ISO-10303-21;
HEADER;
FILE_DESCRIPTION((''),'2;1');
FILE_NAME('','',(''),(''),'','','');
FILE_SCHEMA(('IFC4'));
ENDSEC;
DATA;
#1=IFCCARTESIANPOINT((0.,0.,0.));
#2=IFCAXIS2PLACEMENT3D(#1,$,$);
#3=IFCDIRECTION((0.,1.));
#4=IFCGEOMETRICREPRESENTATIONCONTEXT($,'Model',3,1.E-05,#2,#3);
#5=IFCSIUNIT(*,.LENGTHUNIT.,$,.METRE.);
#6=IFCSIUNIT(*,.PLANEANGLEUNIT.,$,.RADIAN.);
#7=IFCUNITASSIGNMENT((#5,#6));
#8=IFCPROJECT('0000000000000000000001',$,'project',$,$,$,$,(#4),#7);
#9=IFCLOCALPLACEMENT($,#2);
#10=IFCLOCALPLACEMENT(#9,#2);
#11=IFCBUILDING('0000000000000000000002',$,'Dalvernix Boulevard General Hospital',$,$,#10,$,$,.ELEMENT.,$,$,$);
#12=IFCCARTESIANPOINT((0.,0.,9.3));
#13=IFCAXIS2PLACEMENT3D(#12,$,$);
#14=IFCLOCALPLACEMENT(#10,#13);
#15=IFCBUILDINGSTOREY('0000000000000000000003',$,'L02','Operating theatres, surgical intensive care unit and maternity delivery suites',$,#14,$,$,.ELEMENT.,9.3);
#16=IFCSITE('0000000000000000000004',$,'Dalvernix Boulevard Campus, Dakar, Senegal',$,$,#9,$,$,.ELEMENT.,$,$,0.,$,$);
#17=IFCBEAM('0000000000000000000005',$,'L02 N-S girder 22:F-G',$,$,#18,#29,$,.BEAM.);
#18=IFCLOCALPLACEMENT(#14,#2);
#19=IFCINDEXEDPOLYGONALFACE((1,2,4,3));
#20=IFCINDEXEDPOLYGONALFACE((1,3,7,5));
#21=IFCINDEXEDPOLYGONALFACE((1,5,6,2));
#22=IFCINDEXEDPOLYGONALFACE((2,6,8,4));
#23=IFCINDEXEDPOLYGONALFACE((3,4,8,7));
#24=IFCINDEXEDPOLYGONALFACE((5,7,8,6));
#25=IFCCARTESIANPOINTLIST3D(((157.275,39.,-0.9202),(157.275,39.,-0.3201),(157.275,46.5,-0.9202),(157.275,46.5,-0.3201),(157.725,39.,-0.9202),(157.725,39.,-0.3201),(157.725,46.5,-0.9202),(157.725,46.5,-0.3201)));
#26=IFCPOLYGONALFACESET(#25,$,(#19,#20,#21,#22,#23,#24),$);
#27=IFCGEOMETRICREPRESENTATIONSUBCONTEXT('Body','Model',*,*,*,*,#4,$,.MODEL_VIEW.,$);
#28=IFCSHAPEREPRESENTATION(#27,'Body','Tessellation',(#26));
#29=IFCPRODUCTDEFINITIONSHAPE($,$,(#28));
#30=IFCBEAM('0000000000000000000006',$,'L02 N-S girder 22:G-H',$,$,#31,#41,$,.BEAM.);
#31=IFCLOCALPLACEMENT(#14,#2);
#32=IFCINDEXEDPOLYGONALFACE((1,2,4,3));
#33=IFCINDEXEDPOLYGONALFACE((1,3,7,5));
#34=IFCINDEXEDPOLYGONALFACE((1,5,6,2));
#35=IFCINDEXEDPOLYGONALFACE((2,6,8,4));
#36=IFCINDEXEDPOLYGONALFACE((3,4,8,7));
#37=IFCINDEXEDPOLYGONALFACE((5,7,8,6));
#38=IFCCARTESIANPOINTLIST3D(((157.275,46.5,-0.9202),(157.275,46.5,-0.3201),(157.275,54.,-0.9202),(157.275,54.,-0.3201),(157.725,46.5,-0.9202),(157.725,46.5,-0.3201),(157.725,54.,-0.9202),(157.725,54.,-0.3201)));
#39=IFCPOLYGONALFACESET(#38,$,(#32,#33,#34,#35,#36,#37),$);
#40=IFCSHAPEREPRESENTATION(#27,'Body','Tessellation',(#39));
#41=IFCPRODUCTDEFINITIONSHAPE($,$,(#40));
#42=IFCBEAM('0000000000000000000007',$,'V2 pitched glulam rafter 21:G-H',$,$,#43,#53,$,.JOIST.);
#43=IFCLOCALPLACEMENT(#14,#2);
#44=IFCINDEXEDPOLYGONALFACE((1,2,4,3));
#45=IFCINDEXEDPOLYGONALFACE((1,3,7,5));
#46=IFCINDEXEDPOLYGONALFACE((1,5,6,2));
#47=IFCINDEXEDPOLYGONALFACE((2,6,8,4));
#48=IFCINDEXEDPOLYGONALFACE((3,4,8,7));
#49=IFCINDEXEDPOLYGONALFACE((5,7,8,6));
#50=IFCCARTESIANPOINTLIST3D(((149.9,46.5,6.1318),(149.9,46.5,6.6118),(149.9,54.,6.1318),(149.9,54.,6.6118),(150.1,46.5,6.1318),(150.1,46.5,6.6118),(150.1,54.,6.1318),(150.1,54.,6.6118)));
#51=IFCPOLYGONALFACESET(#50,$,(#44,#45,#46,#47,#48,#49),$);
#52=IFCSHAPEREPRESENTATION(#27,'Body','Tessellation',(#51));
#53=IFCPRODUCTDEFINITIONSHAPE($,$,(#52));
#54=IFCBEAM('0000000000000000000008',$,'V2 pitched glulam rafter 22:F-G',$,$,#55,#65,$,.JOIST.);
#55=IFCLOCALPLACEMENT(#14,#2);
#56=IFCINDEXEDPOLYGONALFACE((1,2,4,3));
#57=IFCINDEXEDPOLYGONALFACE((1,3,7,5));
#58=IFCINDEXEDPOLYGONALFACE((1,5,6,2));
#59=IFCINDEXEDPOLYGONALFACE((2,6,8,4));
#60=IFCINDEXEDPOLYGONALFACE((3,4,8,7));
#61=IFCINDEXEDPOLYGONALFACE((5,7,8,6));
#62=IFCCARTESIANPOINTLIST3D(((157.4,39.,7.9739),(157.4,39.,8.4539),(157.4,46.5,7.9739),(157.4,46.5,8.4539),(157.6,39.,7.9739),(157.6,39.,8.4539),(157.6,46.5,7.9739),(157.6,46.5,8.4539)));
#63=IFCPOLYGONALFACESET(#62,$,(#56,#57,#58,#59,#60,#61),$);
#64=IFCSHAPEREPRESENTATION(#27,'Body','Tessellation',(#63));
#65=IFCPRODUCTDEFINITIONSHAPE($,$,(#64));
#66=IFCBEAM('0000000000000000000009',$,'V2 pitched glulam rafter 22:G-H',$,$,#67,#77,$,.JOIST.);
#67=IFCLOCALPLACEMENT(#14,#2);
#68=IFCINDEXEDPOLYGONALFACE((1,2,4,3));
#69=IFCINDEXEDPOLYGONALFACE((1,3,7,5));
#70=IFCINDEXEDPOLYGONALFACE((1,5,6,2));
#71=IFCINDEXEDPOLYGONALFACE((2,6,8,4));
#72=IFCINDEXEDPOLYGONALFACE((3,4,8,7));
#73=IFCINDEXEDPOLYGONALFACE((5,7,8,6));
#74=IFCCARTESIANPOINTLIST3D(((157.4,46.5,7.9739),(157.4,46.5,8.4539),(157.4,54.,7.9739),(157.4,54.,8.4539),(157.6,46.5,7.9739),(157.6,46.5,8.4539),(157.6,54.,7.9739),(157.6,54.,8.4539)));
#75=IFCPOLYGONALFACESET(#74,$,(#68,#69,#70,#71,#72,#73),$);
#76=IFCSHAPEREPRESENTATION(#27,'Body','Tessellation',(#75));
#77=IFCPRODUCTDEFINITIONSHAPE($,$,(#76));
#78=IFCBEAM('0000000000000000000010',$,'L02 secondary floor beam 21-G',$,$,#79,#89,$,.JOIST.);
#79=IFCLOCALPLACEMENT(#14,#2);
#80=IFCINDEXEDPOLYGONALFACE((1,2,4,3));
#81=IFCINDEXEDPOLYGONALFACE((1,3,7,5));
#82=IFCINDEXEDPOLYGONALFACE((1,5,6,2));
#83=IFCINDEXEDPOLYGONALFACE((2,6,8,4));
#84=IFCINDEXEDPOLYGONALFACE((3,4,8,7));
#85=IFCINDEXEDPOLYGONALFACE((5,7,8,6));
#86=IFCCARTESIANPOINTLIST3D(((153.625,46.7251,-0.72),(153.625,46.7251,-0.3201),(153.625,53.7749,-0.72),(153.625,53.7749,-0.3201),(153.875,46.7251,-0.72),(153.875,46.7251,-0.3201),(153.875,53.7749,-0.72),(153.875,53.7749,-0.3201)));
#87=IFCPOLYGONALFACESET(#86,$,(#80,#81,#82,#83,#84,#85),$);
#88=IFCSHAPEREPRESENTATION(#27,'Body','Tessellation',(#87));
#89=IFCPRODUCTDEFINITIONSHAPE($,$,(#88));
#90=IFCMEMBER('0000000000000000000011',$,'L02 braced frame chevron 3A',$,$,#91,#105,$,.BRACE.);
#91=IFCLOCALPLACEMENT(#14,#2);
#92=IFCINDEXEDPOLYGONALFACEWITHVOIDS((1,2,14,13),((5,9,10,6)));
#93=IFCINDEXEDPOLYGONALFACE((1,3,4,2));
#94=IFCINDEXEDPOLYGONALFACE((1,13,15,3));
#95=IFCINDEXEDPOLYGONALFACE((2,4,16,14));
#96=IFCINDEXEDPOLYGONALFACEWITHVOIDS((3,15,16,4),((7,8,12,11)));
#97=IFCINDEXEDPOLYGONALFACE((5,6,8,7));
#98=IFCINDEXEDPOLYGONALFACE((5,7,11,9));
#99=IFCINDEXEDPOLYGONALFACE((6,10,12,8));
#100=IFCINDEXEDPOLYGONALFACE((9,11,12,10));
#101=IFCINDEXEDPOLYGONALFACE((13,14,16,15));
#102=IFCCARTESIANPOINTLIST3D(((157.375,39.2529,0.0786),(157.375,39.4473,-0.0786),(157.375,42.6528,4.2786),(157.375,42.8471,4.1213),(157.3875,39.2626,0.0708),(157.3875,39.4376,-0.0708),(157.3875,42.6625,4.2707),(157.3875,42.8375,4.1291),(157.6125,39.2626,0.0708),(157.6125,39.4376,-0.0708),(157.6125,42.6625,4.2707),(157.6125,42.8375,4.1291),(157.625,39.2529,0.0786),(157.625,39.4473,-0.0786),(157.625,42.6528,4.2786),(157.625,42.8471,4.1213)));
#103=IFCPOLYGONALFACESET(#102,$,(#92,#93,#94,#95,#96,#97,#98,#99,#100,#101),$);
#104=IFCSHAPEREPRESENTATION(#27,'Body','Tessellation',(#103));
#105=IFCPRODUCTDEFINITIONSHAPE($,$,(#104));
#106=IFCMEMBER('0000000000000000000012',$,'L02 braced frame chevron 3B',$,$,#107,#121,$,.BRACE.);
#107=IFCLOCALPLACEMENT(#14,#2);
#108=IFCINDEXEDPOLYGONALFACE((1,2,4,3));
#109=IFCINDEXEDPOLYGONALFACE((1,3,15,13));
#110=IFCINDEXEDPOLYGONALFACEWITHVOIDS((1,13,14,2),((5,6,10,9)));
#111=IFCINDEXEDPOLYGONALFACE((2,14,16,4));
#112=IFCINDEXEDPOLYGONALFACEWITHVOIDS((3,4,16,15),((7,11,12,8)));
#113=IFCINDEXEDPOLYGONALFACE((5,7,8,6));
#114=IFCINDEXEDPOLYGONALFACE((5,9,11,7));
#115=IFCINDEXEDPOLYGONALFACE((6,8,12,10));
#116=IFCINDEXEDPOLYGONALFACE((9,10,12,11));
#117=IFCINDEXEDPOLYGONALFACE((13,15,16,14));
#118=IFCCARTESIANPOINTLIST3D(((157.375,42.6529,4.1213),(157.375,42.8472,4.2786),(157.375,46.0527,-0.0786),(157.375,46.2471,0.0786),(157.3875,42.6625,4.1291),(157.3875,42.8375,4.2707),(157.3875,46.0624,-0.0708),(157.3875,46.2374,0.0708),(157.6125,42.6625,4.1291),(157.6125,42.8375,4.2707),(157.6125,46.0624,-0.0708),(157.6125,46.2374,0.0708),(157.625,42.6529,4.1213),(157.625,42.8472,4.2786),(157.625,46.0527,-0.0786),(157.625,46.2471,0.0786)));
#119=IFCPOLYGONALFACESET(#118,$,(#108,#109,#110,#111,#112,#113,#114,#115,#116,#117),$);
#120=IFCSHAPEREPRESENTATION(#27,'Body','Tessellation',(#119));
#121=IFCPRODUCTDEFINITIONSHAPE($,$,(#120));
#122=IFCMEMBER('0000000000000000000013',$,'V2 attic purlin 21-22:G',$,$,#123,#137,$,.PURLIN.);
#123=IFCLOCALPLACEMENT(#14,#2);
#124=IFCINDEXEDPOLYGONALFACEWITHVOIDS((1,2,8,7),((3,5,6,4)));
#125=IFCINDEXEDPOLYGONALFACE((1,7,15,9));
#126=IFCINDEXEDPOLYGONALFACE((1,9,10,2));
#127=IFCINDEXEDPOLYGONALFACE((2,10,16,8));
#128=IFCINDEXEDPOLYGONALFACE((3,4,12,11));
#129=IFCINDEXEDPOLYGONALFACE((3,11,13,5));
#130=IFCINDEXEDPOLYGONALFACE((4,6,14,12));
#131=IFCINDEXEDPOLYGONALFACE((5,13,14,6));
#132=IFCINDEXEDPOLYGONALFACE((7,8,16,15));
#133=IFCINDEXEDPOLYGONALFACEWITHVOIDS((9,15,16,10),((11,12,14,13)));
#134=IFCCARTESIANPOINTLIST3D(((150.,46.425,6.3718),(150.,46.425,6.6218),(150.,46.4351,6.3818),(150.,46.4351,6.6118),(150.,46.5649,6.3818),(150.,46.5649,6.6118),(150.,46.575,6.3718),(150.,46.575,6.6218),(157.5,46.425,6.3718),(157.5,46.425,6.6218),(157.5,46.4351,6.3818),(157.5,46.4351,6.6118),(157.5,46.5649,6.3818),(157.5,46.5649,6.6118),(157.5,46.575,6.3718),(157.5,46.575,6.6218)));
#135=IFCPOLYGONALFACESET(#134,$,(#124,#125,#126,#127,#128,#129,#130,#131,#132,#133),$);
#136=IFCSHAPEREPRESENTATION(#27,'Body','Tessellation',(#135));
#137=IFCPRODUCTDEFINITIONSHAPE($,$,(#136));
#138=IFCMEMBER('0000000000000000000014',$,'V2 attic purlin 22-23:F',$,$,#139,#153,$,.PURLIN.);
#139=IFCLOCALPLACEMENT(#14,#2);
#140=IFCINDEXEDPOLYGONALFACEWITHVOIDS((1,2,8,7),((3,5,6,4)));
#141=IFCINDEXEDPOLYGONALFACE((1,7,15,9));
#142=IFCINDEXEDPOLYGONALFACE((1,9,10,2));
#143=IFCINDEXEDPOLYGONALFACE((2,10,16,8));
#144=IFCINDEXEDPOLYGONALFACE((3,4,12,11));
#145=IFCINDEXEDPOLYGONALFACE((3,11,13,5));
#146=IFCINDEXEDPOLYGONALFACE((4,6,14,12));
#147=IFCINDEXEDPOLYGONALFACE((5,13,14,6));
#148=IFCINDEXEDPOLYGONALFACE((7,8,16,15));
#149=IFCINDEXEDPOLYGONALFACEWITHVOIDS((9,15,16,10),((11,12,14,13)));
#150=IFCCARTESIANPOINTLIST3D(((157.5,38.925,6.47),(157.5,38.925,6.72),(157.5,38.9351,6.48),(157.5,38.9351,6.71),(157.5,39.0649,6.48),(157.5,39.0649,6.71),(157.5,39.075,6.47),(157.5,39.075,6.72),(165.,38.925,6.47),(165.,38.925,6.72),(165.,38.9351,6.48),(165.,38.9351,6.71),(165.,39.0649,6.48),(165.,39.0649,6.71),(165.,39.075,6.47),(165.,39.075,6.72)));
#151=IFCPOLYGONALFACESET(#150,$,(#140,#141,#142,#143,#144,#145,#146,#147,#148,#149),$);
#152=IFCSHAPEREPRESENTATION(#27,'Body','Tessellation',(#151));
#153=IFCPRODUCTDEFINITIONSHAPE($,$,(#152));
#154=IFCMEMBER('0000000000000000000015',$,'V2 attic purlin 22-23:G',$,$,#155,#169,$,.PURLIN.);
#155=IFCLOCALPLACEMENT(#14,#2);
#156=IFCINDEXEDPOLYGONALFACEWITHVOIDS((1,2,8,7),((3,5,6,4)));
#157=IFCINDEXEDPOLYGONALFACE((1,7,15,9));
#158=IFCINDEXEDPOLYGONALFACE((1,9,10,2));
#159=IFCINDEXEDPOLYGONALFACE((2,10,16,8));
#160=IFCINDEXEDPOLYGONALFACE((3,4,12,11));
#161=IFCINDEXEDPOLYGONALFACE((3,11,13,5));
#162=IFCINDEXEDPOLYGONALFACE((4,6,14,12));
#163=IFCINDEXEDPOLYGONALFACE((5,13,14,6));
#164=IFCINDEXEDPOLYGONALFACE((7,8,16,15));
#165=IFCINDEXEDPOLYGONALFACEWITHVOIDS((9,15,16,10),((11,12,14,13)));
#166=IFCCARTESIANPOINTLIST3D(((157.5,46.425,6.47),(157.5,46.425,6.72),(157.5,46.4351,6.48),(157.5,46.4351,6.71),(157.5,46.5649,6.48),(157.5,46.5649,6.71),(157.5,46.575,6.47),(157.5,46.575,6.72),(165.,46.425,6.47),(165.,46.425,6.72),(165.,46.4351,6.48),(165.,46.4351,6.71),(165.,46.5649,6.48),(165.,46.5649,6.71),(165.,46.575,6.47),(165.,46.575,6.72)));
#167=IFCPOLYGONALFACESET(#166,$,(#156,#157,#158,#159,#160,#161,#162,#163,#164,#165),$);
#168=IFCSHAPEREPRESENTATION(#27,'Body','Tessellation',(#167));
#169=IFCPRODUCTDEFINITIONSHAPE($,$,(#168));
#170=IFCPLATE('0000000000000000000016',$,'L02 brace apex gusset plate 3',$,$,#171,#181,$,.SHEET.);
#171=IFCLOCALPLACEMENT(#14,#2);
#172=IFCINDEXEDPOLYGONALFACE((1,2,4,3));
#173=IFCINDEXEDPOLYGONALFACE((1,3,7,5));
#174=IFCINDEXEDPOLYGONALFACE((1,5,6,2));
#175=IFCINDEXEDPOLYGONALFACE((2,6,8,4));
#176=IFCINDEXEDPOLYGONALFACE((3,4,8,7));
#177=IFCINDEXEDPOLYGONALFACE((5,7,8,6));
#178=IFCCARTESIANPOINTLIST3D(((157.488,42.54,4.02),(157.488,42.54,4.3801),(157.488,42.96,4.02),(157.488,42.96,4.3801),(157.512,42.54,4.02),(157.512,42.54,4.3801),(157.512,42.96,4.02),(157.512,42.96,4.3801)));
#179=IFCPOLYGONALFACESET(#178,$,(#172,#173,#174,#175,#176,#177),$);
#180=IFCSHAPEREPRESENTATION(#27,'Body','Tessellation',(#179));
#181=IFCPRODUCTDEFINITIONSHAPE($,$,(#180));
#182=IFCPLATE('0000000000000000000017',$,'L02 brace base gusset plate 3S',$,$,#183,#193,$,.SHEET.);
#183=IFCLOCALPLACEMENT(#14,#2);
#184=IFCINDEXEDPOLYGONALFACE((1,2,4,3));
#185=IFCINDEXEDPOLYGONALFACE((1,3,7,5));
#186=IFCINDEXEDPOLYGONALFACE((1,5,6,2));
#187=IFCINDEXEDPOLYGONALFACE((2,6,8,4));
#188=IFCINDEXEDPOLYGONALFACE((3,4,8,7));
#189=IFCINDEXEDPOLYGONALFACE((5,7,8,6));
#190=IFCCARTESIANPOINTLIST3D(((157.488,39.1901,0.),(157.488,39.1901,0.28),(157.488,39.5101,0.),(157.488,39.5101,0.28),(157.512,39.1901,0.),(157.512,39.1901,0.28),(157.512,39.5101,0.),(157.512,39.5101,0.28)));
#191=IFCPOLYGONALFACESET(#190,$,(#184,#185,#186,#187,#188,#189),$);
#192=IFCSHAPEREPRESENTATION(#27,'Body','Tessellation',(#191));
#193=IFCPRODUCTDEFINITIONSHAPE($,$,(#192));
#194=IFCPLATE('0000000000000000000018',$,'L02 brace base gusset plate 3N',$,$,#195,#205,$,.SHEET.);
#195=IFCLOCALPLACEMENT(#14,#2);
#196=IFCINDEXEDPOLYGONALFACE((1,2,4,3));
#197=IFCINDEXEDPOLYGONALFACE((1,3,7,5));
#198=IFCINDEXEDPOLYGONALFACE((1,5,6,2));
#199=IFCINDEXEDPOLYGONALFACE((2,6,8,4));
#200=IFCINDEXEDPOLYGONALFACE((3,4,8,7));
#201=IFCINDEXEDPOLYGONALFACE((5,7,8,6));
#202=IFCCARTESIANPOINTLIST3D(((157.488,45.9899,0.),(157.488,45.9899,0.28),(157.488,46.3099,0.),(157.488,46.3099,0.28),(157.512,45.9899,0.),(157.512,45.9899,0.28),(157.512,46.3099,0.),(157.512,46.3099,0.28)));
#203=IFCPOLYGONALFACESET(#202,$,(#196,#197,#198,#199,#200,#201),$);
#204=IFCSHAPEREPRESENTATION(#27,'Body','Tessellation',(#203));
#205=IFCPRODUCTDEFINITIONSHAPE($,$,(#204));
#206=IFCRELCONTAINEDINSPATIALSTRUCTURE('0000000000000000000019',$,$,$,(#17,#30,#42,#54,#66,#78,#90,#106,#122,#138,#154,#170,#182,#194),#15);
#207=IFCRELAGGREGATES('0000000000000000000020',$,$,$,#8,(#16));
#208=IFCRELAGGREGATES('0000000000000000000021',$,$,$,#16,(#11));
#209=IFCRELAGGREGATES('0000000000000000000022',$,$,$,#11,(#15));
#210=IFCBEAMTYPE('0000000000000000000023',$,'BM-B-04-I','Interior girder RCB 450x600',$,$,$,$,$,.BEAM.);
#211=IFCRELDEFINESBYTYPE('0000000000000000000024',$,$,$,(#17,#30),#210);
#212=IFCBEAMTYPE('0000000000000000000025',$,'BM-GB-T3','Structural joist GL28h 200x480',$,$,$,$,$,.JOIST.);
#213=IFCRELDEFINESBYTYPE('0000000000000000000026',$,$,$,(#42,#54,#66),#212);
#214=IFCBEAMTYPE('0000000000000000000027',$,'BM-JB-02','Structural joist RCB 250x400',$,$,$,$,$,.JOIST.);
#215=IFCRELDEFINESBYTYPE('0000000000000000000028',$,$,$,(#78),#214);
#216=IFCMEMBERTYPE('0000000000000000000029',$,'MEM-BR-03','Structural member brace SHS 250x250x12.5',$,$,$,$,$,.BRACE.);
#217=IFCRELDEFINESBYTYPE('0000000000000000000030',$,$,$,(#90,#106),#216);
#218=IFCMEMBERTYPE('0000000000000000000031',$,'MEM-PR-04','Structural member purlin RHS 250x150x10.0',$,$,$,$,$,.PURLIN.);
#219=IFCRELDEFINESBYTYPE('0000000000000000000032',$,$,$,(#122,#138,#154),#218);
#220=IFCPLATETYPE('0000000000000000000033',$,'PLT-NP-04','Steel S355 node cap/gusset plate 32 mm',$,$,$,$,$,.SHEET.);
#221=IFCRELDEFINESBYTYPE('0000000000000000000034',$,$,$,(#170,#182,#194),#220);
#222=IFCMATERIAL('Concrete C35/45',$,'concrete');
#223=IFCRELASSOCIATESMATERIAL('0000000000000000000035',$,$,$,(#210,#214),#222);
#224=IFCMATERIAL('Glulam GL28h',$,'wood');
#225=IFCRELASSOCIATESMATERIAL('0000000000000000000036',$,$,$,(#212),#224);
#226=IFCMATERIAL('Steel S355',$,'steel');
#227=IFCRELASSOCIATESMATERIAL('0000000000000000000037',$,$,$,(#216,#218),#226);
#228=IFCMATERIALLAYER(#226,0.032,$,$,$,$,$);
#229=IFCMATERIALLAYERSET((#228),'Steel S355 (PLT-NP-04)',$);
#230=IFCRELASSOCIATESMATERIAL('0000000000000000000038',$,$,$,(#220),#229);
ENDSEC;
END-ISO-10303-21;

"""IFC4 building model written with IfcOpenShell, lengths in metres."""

from ifc_helpers import new_model, si_unit, direction, frame, origin, origin_2d, place, context, subcontext, project, spatial, rectangle, hollow_rectangle, extrude, material, layer, layer_set, material_profile, profile_set, type_object, element, save


model = new_model("IFC4")

# Units and contexts
model_context = context("Model", 3, precision=1e-05, world=origin(), true_north=direction((0.0, 1.0)))
body_context = subcontext(model_context, "Body", "Model", "MODEL_VIEW")
ifc_project = project(units=[si_unit("LENGTHUNIT", "METRE"), si_unit("PLANEANGLEUNIT", "RADIAN")], contexts=[model_context])

# Site, building, storey
site_placement = place(None, origin())
site = spatial("IfcSite", under=ifc_project, at=site_placement, Name="Dalvernix Boulevard Campus, Dakar, Senegal", CompositionType="ELEMENT", RefElevation=0.0)
building_placement = place(site_placement, origin())
building = spatial("IfcBuilding", under=site, at=building_placement, Name="Dalvernix Boulevard General Hospital", CompositionType="ELEMENT")
storey_placement = place(building_placement, frame((0.0, 0.0, 9.3)))
storey = spatial("IfcBuildingStorey", under=building, at=storey_placement, Name="L02", Description="Operating theatres, surgical intensive care unit and maternity delivery suites", CompositionType="ELEMENT", Elevation=9.3)

# Shared definitions
ifc_material_1 = material(Name="Steel S355", Category="steel")

# Beams
ifc_material_2 = material(Name="Concrete C35/45", Category="concrete")
ifc_material_profile_1 = material_profile(ifc_material_2, rectangle(XDim=0.45, YDim=0.6001, at=origin_2d()), Name="RCB 450x600")
ifc_profile_set_1 = profile_set([ifc_material_profile_1], Name="Concrete C35/45")
beam_type_1 = type_object("IfcBeamType", Name="BM-B-04-I", Description="Interior girder RCB 450x600", PredefinedType="BEAM", material=ifc_profile_set_1)
for number, where, z_axis, x_axis, name in (
    (1, (157.5, 39.0, -0.6201), (0.0, 1.0, 0.0), (-1.0, 0.0, 0.0), "L02 N-S girder 22:F-G"),
    (2, (157.5, 46.5, -0.6201), (0.0, 1.0, 0.0), (-1.0, 0.0, 0.0), "L02 N-S girder 22:G-H"),
):
    element("IfcBeam", number, at=place(storey_placement, frame(where, z_axis=z_axis, x_axis=x_axis)), inside=storey, type_object=beam_type_1, Name=name, PredefinedType="BEAM", context=body_context, shape_type="SweptSolid", body=[
        extrude(rectangle(XDim=0.45, YDim=0.6001, at=origin_2d()), origin(), (0.0, 0.0, 1.0), 7.5),
    ])
ifc_material_3 = material(Name="Glulam GL28h", Category="wood")
ifc_material_profile_2 = material_profile(ifc_material_3, rectangle(XDim=0.2, YDim=0.48, at=origin_2d()), Name="GL28h 200x480")
ifc_profile_set_2 = profile_set([ifc_material_profile_2], Name="Glulam GL28h")
beam_type_2 = type_object("IfcBeamType", Name="BM-GB-T3", Description="Structural joist GL28h 200x480", PredefinedType="JOIST", material=ifc_profile_set_2)
for number, where, z_axis, x_axis, name in (
    (3, (150.0, 46.5, 6.3718), (0.0, 1.0, 0.0), (-1.0, 0.0, 0.0), "V2 pitched glulam rafter 21:G-H"),
    (4, (157.5, 39.0, 8.2139), (0.0, 1.0, 0.0), (-1.0, 0.0, 0.0), "V2 pitched glulam rafter 22:F-G"),
    (5, (157.5, 46.5, 8.2139), (0.0, 1.0, 0.0), (-1.0, 0.0, 0.0), "V2 pitched glulam rafter 22:G-H"),
):
    element("IfcBeam", number, at=place(storey_placement, frame(where, z_axis=z_axis, x_axis=x_axis)), inside=storey, type_object=beam_type_2, Name=name, PredefinedType="JOIST", context=body_context, shape_type="SweptSolid", body=[
        extrude(rectangle(XDim=0.2, YDim=0.48, at=origin_2d()), origin(), (0.0, 0.0, 1.0), 7.5),
    ])
ifc_material_profile_3 = material_profile(ifc_material_2, rectangle(XDim=0.25, YDim=0.3999, at=origin_2d()), Name="RCB 250x400")
ifc_profile_set_3 = profile_set([ifc_material_profile_3], Name="Concrete C35/45")
beam_type_3 = type_object("IfcBeamType", Name="BM-JB-02", Description="Structural joist RCB 250x400", PredefinedType="JOIST", material=ifc_profile_set_3)
beam_placement = place(storey_placement, frame((153.75, 46.7251, -0.52), z_axis=(0.0, 1.0, 0.0), x_axis=(-1.0, 0.0, 0.0)))
element("IfcBeam", 6, at=beam_placement, inside=storey, type_object=beam_type_3, Name="L02 secondary floor beam 21-G", PredefinedType="JOIST", context=body_context, shape_type="SweptSolid", body=[
    extrude(rectangle(XDim=0.25, YDim=0.3999, at=origin_2d()), origin(), (0.0, 0.0, 1.0), 7.0498),
])

# Members
ifc_material_profile_4 = material_profile(ifc_material_1, hollow_rectangle(XDim=0.25, YDim=0.25, WallThickness=0.0125, at=origin_2d()), Name="SHS 250x250x12.5")
ifc_profile_set_4 = profile_set([ifc_material_profile_4], Name="Steel S355")
member_type_1 = type_object("IfcMemberType", Name="MEM-BR-03", Description="Structural member brace SHS 250x250x12.5", PredefinedType="BRACE", material=ifc_profile_set_4)
for number, where, z_axis, x_axis, name in (
    (7, (157.5, 39.3501, 0.0), (0.0, 0.629192, 0.77725), (-1.0, 0.0, 0.0), "L02 braced frame chevron 3A"),
    (8, (157.5, 46.1499, 0.0), (0.0, -0.629192, 0.77725), (1.0, 0.0, 0.0), "L02 braced frame chevron 3B"),
):
    element("IfcMember", number, at=place(storey_placement, frame(where, z_axis=z_axis, x_axis=x_axis)), inside=storey, type_object=member_type_1, Name=name, PredefinedType="BRACE", context=body_context, shape_type="SweptSolid", body=[
        extrude(hollow_rectangle(XDim=0.25, YDim=0.25, WallThickness=0.0125, at=origin_2d()), origin(), (0.0, 0.0, 1.0), 5.4036),
    ])
ifc_material_profile_5 = material_profile(ifc_material_1, hollow_rectangle(XDim=0.1499, YDim=0.25, WallThickness=0.01, at=origin_2d()), Name="RHS 250x150x10.0")
ifc_profile_set_5 = profile_set([ifc_material_profile_5], Name="Steel S355")
member_type_2 = type_object("IfcMemberType", Name="MEM-PR-04", Description="Structural member purlin RHS 250x150x10.0", PredefinedType="PURLIN", material=ifc_profile_set_5)
for number, where, z_axis, x_axis, name in (
    (9, (150.0, 46.5, 6.4968), (1.0, 0.0, 0.0), (0.0, 1.0, 0.0), "V2 attic purlin 21-22:G"),
    (10, (157.5, 39.0, 6.595), (1.0, 0.0, 0.0), (0.0, 1.0, 0.0), "V2 attic purlin 22-23:F"),
    (11, (157.5, 46.5, 6.595), (1.0, 0.0, 0.0), (0.0, 1.0, 0.0), "V2 attic purlin 22-23:G"),
):
    element("IfcMember", number, at=place(storey_placement, frame(where, z_axis=z_axis, x_axis=x_axis)), inside=storey, type_object=member_type_2, Name=name, PredefinedType="PURLIN", context=body_context, shape_type="SweptSolid", body=[
        extrude(hollow_rectangle(XDim=0.1499, YDim=0.25, WallThickness=0.01, at=origin_2d()), origin(), (0.0, 0.0, 1.0), 7.5),
    ])

# Plates
ifc_layer_1 = layer(ifc_material_1, 0.032)
ifc_layer_set_1 = layer_set([ifc_layer_1], Name="Steel S355 (PLT-NP-04)")
plate_type = type_object("IfcPlateType", Name="PLT-NP-04", Description="Steel S355 node cap/gusset plate 32 mm", PredefinedType="SHEET", material=ifc_layer_set_1)
plate_placement = place(storey_placement, frame((157.5, 42.75, 4.02), z_axis=(0.0, 0.0, 1.0), x_axis=(0.0, 1.0, 0.0)))
element("IfcPlate", 12, at=plate_placement, inside=storey, type_object=plate_type, Name="L02 brace apex gusset plate 3", PredefinedType="SHEET", context=body_context, shape_type="SweptSolid", body=[
    extrude(rectangle(XDim=0.4199, YDim=0.0239, at=origin_2d()), origin(), (0.0, 0.0, 1.0), 0.3601),
])
for number, where, z_axis, x_axis, name in (
    (13, (157.5, 39.3501, 0.0), (0.0, 0.0, 1.0), (0.0, 1.0, 0.0), "L02 brace base gusset plate 3S"),
    (14, (157.5, 46.1499, 0.0), (0.0, 0.0, 1.0), (0.0, 1.0, 0.0), "L02 brace base gusset plate 3N"),
):
    element("IfcPlate", number, at=place(storey_placement, frame(where, z_axis=z_axis, x_axis=x_axis)), inside=storey, type_object=plate_type, Name=name, PredefinedType="SHEET", context=body_context, shape_type="SweptSolid", body=[
        extrude(rectangle(XDim=0.3201, YDim=0.0239, at=origin_2d()), origin(), (0.0, 0.0, 1.0), 0.28),
    ])

save(model, "model.ifc")
